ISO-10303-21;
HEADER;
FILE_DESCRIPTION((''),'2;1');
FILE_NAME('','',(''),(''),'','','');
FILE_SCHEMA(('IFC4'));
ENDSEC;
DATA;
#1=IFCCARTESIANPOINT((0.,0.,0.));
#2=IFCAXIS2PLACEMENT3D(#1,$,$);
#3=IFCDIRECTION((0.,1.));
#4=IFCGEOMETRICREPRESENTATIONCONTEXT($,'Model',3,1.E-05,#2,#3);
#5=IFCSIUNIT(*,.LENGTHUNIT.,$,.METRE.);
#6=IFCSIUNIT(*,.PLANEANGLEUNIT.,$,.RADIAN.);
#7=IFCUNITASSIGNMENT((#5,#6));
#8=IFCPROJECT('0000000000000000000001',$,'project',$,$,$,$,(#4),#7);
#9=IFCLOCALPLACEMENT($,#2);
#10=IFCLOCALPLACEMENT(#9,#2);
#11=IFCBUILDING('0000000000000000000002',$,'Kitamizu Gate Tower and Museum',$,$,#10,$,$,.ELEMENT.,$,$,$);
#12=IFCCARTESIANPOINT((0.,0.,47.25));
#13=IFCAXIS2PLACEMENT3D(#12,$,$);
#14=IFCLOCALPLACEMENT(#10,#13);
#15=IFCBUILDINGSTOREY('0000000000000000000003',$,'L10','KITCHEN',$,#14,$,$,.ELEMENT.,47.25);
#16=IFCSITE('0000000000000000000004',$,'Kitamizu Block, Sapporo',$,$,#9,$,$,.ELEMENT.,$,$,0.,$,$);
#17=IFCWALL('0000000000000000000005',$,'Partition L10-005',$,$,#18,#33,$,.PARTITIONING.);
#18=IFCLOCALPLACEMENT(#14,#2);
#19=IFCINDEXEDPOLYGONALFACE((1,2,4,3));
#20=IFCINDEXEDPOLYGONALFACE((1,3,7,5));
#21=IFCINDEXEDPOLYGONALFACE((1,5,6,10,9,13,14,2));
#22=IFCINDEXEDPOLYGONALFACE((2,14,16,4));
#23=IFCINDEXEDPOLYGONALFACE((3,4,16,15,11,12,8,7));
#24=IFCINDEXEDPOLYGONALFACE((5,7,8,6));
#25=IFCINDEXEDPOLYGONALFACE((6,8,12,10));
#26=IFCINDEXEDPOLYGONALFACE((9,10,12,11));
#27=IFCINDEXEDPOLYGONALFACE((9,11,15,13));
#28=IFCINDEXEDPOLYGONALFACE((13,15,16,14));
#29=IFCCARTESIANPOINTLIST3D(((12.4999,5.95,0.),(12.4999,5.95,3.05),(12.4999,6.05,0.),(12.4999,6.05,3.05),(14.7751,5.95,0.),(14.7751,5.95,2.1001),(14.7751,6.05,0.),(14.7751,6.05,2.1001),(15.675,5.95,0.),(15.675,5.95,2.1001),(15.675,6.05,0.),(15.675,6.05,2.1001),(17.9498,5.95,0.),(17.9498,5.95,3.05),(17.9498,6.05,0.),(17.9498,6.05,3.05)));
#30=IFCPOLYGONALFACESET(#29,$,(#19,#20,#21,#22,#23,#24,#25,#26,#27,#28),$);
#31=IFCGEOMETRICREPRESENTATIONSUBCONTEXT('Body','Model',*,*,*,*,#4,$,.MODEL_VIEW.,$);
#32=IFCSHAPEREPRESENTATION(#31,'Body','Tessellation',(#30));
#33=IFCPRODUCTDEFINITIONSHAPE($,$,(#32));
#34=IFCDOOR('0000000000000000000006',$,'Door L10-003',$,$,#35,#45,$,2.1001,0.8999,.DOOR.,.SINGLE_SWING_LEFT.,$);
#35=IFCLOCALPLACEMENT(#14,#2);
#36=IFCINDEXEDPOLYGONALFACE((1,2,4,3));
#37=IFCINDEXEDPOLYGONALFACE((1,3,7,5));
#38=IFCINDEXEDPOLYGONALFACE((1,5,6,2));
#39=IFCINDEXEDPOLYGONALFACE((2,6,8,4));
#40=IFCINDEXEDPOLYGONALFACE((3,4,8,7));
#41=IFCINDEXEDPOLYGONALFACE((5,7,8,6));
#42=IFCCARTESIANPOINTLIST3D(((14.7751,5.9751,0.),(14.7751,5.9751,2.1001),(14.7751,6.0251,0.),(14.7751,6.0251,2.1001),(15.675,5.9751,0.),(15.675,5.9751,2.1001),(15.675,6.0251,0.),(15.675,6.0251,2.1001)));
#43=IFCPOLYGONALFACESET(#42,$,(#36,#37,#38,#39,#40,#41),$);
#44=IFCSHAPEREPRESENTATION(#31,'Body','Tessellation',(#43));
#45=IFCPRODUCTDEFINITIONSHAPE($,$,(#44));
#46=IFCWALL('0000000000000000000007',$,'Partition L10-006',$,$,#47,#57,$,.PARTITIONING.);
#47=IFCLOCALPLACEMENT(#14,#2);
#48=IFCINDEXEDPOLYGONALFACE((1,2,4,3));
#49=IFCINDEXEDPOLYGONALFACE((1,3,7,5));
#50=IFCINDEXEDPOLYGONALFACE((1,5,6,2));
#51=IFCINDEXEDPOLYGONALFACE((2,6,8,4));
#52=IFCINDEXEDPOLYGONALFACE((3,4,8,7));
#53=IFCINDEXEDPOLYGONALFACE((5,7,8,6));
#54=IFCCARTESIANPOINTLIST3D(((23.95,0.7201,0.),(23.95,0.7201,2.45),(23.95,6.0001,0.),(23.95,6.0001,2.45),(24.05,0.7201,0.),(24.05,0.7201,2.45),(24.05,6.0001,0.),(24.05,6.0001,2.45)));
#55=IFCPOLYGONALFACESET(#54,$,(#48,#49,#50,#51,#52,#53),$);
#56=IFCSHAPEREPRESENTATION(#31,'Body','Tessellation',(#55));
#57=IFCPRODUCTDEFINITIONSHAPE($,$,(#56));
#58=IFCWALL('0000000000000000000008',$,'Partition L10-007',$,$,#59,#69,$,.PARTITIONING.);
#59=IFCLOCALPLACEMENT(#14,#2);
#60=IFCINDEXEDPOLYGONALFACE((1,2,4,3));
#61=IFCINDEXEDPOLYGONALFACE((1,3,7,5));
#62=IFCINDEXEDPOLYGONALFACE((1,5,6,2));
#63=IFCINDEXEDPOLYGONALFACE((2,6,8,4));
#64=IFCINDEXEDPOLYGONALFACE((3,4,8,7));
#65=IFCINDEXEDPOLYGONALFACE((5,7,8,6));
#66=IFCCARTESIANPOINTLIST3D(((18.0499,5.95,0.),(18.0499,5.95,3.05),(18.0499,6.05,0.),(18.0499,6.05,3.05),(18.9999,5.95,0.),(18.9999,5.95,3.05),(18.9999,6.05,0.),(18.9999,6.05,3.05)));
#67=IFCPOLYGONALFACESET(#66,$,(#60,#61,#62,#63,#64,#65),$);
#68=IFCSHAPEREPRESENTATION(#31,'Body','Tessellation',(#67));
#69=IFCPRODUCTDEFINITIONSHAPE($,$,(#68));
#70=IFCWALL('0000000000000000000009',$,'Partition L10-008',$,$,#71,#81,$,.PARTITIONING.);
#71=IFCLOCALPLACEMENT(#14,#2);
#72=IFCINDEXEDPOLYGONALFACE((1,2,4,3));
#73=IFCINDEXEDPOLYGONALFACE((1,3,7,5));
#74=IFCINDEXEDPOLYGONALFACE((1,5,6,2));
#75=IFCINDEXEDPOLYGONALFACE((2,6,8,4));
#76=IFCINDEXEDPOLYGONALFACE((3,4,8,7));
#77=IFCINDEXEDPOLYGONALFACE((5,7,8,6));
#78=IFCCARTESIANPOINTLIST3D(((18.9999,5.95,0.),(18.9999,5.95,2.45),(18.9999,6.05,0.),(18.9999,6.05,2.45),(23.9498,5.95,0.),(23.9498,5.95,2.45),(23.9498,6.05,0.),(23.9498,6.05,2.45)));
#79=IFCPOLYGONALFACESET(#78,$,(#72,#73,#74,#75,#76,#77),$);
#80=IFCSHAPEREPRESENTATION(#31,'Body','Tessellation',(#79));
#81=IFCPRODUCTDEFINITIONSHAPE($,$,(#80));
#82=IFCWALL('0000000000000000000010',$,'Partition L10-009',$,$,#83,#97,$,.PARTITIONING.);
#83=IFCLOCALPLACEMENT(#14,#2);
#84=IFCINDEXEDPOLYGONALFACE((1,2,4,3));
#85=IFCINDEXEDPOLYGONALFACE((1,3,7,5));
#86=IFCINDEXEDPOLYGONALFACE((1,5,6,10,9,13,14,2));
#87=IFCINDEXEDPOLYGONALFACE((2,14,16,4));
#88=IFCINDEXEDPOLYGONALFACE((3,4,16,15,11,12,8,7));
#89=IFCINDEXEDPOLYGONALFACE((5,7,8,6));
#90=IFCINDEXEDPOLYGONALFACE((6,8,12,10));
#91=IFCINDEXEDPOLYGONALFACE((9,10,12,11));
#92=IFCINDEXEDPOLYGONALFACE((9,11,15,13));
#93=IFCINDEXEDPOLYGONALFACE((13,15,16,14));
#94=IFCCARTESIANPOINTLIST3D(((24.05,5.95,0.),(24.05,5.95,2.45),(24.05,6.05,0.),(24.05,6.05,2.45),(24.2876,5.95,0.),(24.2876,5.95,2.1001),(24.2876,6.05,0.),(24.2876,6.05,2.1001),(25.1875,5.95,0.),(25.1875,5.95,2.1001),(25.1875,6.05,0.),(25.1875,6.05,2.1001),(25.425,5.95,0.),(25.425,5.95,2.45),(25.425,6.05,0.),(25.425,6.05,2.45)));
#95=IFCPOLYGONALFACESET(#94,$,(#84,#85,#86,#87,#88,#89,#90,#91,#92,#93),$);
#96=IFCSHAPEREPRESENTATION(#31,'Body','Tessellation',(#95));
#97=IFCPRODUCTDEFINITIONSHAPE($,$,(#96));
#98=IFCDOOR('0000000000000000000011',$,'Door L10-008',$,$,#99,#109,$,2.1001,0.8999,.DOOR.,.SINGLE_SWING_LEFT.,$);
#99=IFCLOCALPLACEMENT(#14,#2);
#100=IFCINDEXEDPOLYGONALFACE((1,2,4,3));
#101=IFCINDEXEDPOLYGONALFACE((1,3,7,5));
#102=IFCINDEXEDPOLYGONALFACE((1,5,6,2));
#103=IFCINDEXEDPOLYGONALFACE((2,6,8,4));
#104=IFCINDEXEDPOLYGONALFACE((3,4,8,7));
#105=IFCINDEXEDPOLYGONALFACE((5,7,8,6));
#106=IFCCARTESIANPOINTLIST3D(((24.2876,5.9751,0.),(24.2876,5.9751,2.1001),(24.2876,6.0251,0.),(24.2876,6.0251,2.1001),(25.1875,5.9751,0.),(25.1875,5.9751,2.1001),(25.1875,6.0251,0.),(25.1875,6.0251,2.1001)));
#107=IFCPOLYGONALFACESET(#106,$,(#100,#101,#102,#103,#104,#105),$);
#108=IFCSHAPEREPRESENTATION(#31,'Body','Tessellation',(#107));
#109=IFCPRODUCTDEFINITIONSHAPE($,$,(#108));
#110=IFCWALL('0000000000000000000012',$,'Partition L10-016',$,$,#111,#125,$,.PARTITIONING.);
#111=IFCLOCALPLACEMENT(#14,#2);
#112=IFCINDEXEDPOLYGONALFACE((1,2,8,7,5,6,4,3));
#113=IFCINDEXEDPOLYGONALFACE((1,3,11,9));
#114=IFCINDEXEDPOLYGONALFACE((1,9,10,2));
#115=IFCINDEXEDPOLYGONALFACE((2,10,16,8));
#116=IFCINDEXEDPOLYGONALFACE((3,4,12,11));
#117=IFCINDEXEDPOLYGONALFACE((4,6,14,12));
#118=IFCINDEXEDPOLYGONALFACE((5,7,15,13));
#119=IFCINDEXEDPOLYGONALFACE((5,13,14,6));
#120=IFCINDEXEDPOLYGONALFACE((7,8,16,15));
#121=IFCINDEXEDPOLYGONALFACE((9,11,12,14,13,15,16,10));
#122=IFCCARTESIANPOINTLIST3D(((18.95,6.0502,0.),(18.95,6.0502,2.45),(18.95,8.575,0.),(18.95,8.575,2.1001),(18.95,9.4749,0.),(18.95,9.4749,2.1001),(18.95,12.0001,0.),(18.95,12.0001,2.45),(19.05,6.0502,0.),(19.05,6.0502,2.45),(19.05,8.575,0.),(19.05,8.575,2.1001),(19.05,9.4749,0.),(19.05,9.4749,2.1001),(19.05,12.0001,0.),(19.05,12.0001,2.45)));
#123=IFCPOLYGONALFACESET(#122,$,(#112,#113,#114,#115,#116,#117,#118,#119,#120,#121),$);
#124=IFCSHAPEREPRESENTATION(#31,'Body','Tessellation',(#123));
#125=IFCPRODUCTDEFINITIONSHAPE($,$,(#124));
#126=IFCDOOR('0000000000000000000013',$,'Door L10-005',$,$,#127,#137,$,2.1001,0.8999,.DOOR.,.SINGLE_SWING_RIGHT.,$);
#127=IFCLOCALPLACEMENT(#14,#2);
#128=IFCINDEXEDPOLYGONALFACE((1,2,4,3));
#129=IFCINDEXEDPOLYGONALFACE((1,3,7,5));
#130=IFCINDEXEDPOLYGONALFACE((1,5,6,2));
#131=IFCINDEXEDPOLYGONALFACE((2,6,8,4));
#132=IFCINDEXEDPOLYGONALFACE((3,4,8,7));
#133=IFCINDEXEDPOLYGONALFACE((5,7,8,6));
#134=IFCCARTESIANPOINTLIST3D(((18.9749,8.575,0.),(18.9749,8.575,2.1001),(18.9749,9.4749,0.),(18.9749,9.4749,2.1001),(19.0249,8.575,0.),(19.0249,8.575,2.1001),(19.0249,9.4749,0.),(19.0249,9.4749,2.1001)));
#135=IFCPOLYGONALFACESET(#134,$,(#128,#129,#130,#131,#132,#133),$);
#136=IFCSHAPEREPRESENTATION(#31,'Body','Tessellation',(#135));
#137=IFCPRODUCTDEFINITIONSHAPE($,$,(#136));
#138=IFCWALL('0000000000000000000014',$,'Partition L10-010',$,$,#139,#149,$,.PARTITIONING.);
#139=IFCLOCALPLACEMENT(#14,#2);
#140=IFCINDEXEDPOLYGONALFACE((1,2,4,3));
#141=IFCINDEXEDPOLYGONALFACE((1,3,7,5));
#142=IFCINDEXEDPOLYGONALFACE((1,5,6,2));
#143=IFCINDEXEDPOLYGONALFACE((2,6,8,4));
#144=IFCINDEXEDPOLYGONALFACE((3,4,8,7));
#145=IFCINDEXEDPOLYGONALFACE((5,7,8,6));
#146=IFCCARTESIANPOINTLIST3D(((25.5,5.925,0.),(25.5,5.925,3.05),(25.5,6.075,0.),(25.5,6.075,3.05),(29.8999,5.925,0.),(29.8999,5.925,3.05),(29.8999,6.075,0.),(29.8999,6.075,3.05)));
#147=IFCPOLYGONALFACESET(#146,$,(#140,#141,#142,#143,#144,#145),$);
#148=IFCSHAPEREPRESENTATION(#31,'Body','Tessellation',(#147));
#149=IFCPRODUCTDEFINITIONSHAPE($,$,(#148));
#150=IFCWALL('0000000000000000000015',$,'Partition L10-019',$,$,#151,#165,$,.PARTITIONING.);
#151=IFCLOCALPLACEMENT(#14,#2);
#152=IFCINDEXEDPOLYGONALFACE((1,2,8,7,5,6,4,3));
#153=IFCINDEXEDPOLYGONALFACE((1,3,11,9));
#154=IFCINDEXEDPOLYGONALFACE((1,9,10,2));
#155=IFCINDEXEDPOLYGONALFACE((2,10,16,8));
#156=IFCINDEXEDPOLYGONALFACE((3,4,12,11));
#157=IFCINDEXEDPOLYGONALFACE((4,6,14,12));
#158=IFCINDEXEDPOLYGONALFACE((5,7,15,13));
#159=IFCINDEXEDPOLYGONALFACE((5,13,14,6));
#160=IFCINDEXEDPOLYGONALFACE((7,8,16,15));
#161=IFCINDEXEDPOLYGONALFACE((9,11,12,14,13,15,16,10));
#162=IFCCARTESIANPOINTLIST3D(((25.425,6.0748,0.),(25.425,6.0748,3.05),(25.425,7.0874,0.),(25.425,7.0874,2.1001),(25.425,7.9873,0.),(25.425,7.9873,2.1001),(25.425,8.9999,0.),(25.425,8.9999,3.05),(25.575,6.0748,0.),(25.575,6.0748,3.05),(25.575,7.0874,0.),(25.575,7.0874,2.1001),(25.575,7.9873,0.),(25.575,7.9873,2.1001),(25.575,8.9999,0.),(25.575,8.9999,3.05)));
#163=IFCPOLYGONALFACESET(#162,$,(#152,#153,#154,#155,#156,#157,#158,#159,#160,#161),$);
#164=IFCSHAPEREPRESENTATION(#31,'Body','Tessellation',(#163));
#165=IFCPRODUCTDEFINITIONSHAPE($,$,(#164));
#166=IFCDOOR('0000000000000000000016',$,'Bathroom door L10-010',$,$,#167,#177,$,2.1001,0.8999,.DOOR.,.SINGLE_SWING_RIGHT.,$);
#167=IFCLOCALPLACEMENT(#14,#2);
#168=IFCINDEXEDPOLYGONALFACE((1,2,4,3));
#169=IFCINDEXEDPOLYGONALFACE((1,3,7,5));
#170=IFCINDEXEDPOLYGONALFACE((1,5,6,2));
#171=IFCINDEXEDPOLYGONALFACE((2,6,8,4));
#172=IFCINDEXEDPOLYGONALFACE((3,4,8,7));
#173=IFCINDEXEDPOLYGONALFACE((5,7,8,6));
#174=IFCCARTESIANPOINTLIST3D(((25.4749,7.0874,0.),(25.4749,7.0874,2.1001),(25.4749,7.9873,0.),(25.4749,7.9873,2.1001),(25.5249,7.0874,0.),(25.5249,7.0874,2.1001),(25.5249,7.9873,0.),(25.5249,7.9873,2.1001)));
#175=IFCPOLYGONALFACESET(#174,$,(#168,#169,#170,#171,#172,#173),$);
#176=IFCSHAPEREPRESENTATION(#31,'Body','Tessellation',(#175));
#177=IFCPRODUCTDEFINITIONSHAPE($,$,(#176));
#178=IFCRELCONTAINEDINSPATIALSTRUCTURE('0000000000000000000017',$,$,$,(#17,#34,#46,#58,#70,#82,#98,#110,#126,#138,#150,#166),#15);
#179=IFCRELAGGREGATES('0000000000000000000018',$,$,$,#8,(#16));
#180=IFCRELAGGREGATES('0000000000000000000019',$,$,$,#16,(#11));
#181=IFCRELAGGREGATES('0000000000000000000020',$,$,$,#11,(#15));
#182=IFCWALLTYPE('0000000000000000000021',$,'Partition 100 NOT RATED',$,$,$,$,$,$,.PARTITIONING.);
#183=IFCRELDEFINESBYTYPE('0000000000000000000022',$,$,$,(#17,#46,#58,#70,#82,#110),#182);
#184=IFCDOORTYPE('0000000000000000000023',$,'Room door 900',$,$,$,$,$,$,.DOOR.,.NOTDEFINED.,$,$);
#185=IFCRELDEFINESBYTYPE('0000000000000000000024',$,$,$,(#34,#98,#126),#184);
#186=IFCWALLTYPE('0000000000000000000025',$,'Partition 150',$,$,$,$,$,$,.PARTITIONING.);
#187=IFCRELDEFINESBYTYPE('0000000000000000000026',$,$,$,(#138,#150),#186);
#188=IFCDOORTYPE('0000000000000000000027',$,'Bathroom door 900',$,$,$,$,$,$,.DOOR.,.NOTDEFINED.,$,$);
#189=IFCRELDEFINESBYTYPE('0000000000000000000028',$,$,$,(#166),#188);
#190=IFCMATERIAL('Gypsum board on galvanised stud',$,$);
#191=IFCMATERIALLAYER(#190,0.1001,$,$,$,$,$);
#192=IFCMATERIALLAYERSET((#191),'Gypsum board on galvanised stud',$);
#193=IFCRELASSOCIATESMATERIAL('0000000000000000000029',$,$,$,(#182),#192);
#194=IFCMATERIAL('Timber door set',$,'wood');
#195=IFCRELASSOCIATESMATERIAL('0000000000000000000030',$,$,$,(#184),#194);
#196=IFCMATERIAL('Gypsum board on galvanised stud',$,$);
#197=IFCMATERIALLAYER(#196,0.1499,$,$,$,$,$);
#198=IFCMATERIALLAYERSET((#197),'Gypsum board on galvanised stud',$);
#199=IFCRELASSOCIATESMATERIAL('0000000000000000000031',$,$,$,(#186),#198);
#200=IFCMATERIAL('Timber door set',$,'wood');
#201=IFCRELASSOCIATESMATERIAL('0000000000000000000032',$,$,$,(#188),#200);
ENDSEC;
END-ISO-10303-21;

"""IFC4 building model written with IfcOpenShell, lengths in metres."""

from ifc_helpers import new_model, si_unit, direction, frame, frame_2d, origin, place, context, subcontext, project, spatial, rectangle, extrude, material, layer, layer_set, type_object, element, fill, save


model = new_model("IFC4")

# Units and contexts
model_context = context("Model", 3, precision=1e-05, world=origin(), true_north=direction((0.0, 1.0)))
body_context = subcontext(model_context, "Body", "Model", "MODEL_VIEW")
ifc_project = project(units=[si_unit("LENGTHUNIT", "METRE"), si_unit("PLANEANGLEUNIT", "RADIAN")], contexts=[model_context])

# Site, building, storey
site_placement = place(None, origin())
site = spatial("IfcSite", under=ifc_project, at=site_placement, Name="Kitamizu Block, Sapporo", CompositionType="ELEMENT", RefElevation=0.0)
building_placement = place(site_placement, origin())
building = spatial("IfcBuilding", under=site, at=building_placement, Name="Kitamizu Gate Tower and Museum", CompositionType="ELEMENT")
storey_placement = place(building_placement, frame((0.0, 0.0, 47.25)))
storey = spatial("IfcBuildingStorey", under=building, at=storey_placement, Name="L10", Description="KITCHEN", CompositionType="ELEMENT", Elevation=47.25)

# Wall, opening, door
ifc_material_1 = material(Name="Gypsum board on galvanised stud")
ifc_layer_1 = layer(ifc_material_1, 0.1001)
ifc_layer_set_1 = layer_set([ifc_layer_1], Name="Gypsum board on galvanised stud")
wall_type_1 = type_object("IfcWallType", Name="Partition 100 NOT RATED", PredefinedType="PARTITIONING", material=ifc_layer_set_1)
ifc_material_2 = material(Name="Timber door set", Category="wood")
door_type_1 = type_object("IfcDoorType", Name="Room door 900", OperationType="NOTDEFINED", PredefinedType="DOOR", material=ifc_material_2)
wall_1_placement = place(storey_placement, frame((17.95, 6.0, 0.0), z_axis=(0.0, 0.0, 1.0), x_axis=(-1.0, 0.0, 0.0)))
wall_1 = element("IfcWall", 1, at=wall_1_placement, inside=storey, type_object=wall_type_1, Name="Partition L10-005", PredefinedType="PARTITIONING", context=body_context, shape_type="SweptSolid", body=[
    extrude(rectangle(XDim=5.45, YDim=0.1001, at=frame_2d((2.7251, 0.0))), origin(), (0.0, 0.0, 1.0), 3.05),
])
opening_1_placement = place(wall_1_placement, frame((2.2749, 0.0, 0.0)))
opening_1 = element("IfcOpeningElement", 2, at=opening_1_placement, cuts=wall_1, PredefinedType="OPENING", context=body_context, shape_type="SweptSolid", body=[
    extrude(rectangle(XDim=0.8999, YDim=2.1001, at=frame_2d((0.45, 1.05))), frame((0.0, 0.0601, 0.0), z_axis=(0.0, -1.0, 0.0), x_axis=(1.0, 0.0, 0.0)), (0.0, 0.0, 1.0), 0.1201),
])
door_1_placement = place(opening_1_placement, origin())
door_1 = element("IfcDoor", 3, at=door_1_placement, inside=storey, type_object=door_type_1, Name="Door L10-003", OperationType="SINGLE_SWING_LEFT", OverallHeight=2.1001, OverallWidth=0.8999, PredefinedType="DOOR", context=body_context, shape_type="SweptSolid", body=[
    extrude(rectangle(XDim=0.8999, YDim=2.1001, at=frame_2d((0.45, 1.05))), frame((0.0, 0.0249, 0.0), z_axis=(0.0, -1.0, 0.0), x_axis=(1.0, 0.0, 0.0)), (0.0, 0.0, 1.0), 0.05),
])
fill(opening_1, door_1)

# Walls
wall_2_placement = place(storey_placement, frame((24.0, 0.72, 0.0), z_axis=(0.0, 0.0, 1.0), x_axis=(0.0, 1.0, 0.0)))
element("IfcWall", 4, at=wall_2_placement, inside=storey, type_object=wall_type_1, Name="Partition L10-006", PredefinedType="PARTITIONING", context=body_context, shape_type="SweptSolid", body=[
    extrude(rectangle(XDim=5.28, YDim=0.1001, at=frame_2d((2.6401, 0.0))), origin(), (0.0, 0.0, 1.0), 2.45),
])
wall_3_placement = place(storey_placement, frame((19.0, 6.0, 0.0), z_axis=(0.0, 0.0, 1.0), x_axis=(-1.0, 0.0, 0.0)))
element("IfcWall", 5, at=wall_3_placement, inside=storey, type_object=wall_type_1, Name="Partition L10-007", PredefinedType="PARTITIONING", context=body_context, shape_type="SweptSolid", body=[
    extrude(rectangle(XDim=0.95, YDim=0.1001, at=frame_2d((0.4751, 0.0))), origin(), (0.0, 0.0, 1.0), 3.05),
])
wall_4_placement = place(storey_placement, frame((23.95, 6.0, 0.0), z_axis=(0.0, 0.0, 1.0), x_axis=(-1.0, 0.0, 0.0)))
element("IfcWall", 6, at=wall_4_placement, inside=storey, type_object=wall_type_1, Name="Partition L10-008", PredefinedType="PARTITIONING", context=body_context, shape_type="SweptSolid", body=[
    extrude(rectangle(XDim=4.95, YDim=0.1001, at=frame_2d((2.4751, 0.0))), origin(), (0.0, 0.0, 1.0), 2.45),
])

# Walls, openings, doors
wall_5_placement = place(storey_placement, frame((25.425, 6.0, 0.0), z_axis=(0.0, 0.0, 1.0), x_axis=(-1.0, 0.0, 0.0)))
wall_5 = element("IfcWall", 7, at=wall_5_placement, inside=storey, type_object=wall_type_1, Name="Partition L10-009", PredefinedType="PARTITIONING", context=body_context, shape_type="SweptSolid", body=[
    extrude(rectangle(XDim=1.375, YDim=0.1001, at=frame_2d((0.6875, 0.0))), origin(), (0.0, 0.0, 1.0), 2.45),
])
opening_2_placement = place(wall_5_placement, frame((0.2375, 0.0, 0.0)))
opening_2 = element("IfcOpeningElement", 8, at=opening_2_placement, cuts=wall_5, PredefinedType="OPENING", context=body_context, shape_type="SweptSolid", body=[
    extrude(rectangle(XDim=0.8999, YDim=2.1001, at=frame_2d((0.45, 1.05))), frame((0.0, 0.0601, 0.0), z_axis=(0.0, -1.0, 0.0), x_axis=(1.0, 0.0, 0.0)), (0.0, 0.0, 1.0), 0.1201),
])
door_2_placement = place(opening_2_placement, origin())
door_2 = element("IfcDoor", 9, at=door_2_placement, inside=storey, type_object=door_type_1, Name="Door L10-008", OperationType="SINGLE_SWING_LEFT", OverallHeight=2.1001, OverallWidth=0.8999, PredefinedType="DOOR", context=body_context, shape_type="SweptSolid", body=[
    extrude(rectangle(XDim=0.8999, YDim=2.1001, at=frame_2d((0.45, 1.05))), frame((0.0, 0.0249, 0.0), z_axis=(0.0, -1.0, 0.0), x_axis=(1.0, 0.0, 0.0)), (0.0, 0.0, 1.0), 0.05),
])
fill(opening_2, door_2)
wall_6_placement = place(storey_placement, frame((19.0, 6.05, 0.0), z_axis=(0.0, 0.0, 1.0), x_axis=(0.0, 1.0, 0.0)))
wall_6 = element("IfcWall", 10, at=wall_6_placement, inside=storey, type_object=wall_type_1, Name="Partition L10-016", PredefinedType="PARTITIONING", context=body_context, shape_type="SweptSolid", body=[
    extrude(rectangle(XDim=5.95, YDim=0.1001, at=frame_2d((2.9751, 0.0))), origin(), (0.0, 0.0, 1.0), 2.45),
])
opening_3_placement = place(wall_6_placement, frame((2.5249, 0.0, 0.0)))
opening_3 = element("IfcOpeningElement", 11, at=opening_3_placement, cuts=wall_6, PredefinedType="OPENING", context=body_context, shape_type="SweptSolid", body=[
    extrude(rectangle(XDim=0.8999, YDim=2.1001, at=frame_2d((0.45, 1.05))), frame((0.0, 0.0601, 0.0), z_axis=(0.0, -1.0, 0.0), x_axis=(1.0, 0.0, 0.0)), (0.0, 0.0, 1.0), 0.1201),
])
door_3_placement = place(opening_3_placement, frame((0.8999, 0.0, 0.0), x_axis=(-1.0, 0.0, 0.0)))
door_3 = element("IfcDoor", 12, at=door_3_placement, inside=storey, type_object=door_type_1, Name="Door L10-005", OperationType="SINGLE_SWING_RIGHT", OverallHeight=2.1001, OverallWidth=0.8999, PredefinedType="DOOR", context=body_context, shape_type="SweptSolid", body=[
    extrude(rectangle(XDim=0.8999, YDim=2.1001, at=frame_2d((0.45, 1.05))), frame((0.0, 0.0249, 0.0), z_axis=(0.0, -1.0, 0.0), x_axis=(1.0, 0.0, 0.0)), (0.0, 0.0, 1.0), 0.05),
])
fill(opening_3, door_3)

# Wall
ifc_material_3 = material(Name="Gypsum board on galvanised stud")
ifc_layer_2 = layer(ifc_material_3, 0.1499)
ifc_layer_set_2 = layer_set([ifc_layer_2], Name="Gypsum board on galvanised stud")
wall_type_2 = type_object("IfcWallType", Name="Partition 150", PredefinedType="PARTITIONING", material=ifc_layer_set_2)
wall_7_placement = place(storey_placement, frame((29.8999, 6.0, 0.0), z_axis=(0.0, 0.0, 1.0), x_axis=(-1.0, 0.0, 0.0)))
element("IfcWall", 13, at=wall_7_placement, inside=storey, type_object=wall_type_2, Name="Partition L10-010", PredefinedType="PARTITIONING", context=body_context, shape_type="SweptSolid", body=[
    extrude(rectangle(XDim=4.3999, YDim=0.1499, at=frame_2d((2.2, 0.0))), origin(), (0.0, 0.0, 1.0), 3.05),
])

# Wall, opening, door
wall_8_placement = place(storey_placement, frame((25.5, 6.075, 0.0), z_axis=(0.0, 0.0, 1.0), x_axis=(0.0, 1.0, 0.0)))
wall_8 = element("IfcWall", 14, at=wall_8_placement, inside=storey, type_object=wall_type_2, Name="Partition L10-019", PredefinedType="PARTITIONING", context=body_context, shape_type="SweptSolid", body=[
    extrude(rectangle(XDim=2.925, YDim=0.1499, at=frame_2d((1.4624, 0.0))), origin(), (0.0, 0.0, 1.0), 3.05),
])
opening_4_placement = place(wall_8_placement, frame((1.0125, 0.0, 0.0)))
opening_4 = element("IfcOpeningElement", 15, at=opening_4_placement, cuts=wall_8, PredefinedType="OPENING", context=body_context, shape_type="SweptSolid", body=[
    extrude(rectangle(XDim=0.8999, YDim=2.1001, at=frame_2d((0.45, 1.05))), frame((0.0, 0.085, 0.0), z_axis=(0.0, -1.0, 0.0), x_axis=(1.0, 0.0, 0.0)), (0.0, 0.0, 1.0), 0.1699),
])
ifc_material_4 = material(Name="Timber door set", Category="wood")
door_type_2 = type_object("IfcDoorType", Name="Bathroom door 900", OperationType="NOTDEFINED", PredefinedType="DOOR", material=ifc_material_4)
door_4_placement = place(opening_4_placement, frame((0.8999, 0.0, 0.0), x_axis=(-1.0, 0.0, 0.0)))
door_4 = element("IfcDoor", 16, at=door_4_placement, inside=storey, type_object=door_type_2, Name="Bathroom door L10-010", OperationType="SINGLE_SWING_RIGHT", OverallHeight=2.1001, OverallWidth=0.8999, PredefinedType="DOOR", context=body_context, shape_type="SweptSolid", body=[
    extrude(rectangle(XDim=0.8999, YDim=2.1001, at=frame_2d((0.45, 1.05))), frame((0.0, 0.0249, 0.0), z_axis=(0.0, -1.0, 0.0), x_axis=(1.0, 0.0, 0.0)), (0.0, 0.0, 1.0), 0.05),
])
fill(opening_4, door_4)

save(model, "model.ifc")
